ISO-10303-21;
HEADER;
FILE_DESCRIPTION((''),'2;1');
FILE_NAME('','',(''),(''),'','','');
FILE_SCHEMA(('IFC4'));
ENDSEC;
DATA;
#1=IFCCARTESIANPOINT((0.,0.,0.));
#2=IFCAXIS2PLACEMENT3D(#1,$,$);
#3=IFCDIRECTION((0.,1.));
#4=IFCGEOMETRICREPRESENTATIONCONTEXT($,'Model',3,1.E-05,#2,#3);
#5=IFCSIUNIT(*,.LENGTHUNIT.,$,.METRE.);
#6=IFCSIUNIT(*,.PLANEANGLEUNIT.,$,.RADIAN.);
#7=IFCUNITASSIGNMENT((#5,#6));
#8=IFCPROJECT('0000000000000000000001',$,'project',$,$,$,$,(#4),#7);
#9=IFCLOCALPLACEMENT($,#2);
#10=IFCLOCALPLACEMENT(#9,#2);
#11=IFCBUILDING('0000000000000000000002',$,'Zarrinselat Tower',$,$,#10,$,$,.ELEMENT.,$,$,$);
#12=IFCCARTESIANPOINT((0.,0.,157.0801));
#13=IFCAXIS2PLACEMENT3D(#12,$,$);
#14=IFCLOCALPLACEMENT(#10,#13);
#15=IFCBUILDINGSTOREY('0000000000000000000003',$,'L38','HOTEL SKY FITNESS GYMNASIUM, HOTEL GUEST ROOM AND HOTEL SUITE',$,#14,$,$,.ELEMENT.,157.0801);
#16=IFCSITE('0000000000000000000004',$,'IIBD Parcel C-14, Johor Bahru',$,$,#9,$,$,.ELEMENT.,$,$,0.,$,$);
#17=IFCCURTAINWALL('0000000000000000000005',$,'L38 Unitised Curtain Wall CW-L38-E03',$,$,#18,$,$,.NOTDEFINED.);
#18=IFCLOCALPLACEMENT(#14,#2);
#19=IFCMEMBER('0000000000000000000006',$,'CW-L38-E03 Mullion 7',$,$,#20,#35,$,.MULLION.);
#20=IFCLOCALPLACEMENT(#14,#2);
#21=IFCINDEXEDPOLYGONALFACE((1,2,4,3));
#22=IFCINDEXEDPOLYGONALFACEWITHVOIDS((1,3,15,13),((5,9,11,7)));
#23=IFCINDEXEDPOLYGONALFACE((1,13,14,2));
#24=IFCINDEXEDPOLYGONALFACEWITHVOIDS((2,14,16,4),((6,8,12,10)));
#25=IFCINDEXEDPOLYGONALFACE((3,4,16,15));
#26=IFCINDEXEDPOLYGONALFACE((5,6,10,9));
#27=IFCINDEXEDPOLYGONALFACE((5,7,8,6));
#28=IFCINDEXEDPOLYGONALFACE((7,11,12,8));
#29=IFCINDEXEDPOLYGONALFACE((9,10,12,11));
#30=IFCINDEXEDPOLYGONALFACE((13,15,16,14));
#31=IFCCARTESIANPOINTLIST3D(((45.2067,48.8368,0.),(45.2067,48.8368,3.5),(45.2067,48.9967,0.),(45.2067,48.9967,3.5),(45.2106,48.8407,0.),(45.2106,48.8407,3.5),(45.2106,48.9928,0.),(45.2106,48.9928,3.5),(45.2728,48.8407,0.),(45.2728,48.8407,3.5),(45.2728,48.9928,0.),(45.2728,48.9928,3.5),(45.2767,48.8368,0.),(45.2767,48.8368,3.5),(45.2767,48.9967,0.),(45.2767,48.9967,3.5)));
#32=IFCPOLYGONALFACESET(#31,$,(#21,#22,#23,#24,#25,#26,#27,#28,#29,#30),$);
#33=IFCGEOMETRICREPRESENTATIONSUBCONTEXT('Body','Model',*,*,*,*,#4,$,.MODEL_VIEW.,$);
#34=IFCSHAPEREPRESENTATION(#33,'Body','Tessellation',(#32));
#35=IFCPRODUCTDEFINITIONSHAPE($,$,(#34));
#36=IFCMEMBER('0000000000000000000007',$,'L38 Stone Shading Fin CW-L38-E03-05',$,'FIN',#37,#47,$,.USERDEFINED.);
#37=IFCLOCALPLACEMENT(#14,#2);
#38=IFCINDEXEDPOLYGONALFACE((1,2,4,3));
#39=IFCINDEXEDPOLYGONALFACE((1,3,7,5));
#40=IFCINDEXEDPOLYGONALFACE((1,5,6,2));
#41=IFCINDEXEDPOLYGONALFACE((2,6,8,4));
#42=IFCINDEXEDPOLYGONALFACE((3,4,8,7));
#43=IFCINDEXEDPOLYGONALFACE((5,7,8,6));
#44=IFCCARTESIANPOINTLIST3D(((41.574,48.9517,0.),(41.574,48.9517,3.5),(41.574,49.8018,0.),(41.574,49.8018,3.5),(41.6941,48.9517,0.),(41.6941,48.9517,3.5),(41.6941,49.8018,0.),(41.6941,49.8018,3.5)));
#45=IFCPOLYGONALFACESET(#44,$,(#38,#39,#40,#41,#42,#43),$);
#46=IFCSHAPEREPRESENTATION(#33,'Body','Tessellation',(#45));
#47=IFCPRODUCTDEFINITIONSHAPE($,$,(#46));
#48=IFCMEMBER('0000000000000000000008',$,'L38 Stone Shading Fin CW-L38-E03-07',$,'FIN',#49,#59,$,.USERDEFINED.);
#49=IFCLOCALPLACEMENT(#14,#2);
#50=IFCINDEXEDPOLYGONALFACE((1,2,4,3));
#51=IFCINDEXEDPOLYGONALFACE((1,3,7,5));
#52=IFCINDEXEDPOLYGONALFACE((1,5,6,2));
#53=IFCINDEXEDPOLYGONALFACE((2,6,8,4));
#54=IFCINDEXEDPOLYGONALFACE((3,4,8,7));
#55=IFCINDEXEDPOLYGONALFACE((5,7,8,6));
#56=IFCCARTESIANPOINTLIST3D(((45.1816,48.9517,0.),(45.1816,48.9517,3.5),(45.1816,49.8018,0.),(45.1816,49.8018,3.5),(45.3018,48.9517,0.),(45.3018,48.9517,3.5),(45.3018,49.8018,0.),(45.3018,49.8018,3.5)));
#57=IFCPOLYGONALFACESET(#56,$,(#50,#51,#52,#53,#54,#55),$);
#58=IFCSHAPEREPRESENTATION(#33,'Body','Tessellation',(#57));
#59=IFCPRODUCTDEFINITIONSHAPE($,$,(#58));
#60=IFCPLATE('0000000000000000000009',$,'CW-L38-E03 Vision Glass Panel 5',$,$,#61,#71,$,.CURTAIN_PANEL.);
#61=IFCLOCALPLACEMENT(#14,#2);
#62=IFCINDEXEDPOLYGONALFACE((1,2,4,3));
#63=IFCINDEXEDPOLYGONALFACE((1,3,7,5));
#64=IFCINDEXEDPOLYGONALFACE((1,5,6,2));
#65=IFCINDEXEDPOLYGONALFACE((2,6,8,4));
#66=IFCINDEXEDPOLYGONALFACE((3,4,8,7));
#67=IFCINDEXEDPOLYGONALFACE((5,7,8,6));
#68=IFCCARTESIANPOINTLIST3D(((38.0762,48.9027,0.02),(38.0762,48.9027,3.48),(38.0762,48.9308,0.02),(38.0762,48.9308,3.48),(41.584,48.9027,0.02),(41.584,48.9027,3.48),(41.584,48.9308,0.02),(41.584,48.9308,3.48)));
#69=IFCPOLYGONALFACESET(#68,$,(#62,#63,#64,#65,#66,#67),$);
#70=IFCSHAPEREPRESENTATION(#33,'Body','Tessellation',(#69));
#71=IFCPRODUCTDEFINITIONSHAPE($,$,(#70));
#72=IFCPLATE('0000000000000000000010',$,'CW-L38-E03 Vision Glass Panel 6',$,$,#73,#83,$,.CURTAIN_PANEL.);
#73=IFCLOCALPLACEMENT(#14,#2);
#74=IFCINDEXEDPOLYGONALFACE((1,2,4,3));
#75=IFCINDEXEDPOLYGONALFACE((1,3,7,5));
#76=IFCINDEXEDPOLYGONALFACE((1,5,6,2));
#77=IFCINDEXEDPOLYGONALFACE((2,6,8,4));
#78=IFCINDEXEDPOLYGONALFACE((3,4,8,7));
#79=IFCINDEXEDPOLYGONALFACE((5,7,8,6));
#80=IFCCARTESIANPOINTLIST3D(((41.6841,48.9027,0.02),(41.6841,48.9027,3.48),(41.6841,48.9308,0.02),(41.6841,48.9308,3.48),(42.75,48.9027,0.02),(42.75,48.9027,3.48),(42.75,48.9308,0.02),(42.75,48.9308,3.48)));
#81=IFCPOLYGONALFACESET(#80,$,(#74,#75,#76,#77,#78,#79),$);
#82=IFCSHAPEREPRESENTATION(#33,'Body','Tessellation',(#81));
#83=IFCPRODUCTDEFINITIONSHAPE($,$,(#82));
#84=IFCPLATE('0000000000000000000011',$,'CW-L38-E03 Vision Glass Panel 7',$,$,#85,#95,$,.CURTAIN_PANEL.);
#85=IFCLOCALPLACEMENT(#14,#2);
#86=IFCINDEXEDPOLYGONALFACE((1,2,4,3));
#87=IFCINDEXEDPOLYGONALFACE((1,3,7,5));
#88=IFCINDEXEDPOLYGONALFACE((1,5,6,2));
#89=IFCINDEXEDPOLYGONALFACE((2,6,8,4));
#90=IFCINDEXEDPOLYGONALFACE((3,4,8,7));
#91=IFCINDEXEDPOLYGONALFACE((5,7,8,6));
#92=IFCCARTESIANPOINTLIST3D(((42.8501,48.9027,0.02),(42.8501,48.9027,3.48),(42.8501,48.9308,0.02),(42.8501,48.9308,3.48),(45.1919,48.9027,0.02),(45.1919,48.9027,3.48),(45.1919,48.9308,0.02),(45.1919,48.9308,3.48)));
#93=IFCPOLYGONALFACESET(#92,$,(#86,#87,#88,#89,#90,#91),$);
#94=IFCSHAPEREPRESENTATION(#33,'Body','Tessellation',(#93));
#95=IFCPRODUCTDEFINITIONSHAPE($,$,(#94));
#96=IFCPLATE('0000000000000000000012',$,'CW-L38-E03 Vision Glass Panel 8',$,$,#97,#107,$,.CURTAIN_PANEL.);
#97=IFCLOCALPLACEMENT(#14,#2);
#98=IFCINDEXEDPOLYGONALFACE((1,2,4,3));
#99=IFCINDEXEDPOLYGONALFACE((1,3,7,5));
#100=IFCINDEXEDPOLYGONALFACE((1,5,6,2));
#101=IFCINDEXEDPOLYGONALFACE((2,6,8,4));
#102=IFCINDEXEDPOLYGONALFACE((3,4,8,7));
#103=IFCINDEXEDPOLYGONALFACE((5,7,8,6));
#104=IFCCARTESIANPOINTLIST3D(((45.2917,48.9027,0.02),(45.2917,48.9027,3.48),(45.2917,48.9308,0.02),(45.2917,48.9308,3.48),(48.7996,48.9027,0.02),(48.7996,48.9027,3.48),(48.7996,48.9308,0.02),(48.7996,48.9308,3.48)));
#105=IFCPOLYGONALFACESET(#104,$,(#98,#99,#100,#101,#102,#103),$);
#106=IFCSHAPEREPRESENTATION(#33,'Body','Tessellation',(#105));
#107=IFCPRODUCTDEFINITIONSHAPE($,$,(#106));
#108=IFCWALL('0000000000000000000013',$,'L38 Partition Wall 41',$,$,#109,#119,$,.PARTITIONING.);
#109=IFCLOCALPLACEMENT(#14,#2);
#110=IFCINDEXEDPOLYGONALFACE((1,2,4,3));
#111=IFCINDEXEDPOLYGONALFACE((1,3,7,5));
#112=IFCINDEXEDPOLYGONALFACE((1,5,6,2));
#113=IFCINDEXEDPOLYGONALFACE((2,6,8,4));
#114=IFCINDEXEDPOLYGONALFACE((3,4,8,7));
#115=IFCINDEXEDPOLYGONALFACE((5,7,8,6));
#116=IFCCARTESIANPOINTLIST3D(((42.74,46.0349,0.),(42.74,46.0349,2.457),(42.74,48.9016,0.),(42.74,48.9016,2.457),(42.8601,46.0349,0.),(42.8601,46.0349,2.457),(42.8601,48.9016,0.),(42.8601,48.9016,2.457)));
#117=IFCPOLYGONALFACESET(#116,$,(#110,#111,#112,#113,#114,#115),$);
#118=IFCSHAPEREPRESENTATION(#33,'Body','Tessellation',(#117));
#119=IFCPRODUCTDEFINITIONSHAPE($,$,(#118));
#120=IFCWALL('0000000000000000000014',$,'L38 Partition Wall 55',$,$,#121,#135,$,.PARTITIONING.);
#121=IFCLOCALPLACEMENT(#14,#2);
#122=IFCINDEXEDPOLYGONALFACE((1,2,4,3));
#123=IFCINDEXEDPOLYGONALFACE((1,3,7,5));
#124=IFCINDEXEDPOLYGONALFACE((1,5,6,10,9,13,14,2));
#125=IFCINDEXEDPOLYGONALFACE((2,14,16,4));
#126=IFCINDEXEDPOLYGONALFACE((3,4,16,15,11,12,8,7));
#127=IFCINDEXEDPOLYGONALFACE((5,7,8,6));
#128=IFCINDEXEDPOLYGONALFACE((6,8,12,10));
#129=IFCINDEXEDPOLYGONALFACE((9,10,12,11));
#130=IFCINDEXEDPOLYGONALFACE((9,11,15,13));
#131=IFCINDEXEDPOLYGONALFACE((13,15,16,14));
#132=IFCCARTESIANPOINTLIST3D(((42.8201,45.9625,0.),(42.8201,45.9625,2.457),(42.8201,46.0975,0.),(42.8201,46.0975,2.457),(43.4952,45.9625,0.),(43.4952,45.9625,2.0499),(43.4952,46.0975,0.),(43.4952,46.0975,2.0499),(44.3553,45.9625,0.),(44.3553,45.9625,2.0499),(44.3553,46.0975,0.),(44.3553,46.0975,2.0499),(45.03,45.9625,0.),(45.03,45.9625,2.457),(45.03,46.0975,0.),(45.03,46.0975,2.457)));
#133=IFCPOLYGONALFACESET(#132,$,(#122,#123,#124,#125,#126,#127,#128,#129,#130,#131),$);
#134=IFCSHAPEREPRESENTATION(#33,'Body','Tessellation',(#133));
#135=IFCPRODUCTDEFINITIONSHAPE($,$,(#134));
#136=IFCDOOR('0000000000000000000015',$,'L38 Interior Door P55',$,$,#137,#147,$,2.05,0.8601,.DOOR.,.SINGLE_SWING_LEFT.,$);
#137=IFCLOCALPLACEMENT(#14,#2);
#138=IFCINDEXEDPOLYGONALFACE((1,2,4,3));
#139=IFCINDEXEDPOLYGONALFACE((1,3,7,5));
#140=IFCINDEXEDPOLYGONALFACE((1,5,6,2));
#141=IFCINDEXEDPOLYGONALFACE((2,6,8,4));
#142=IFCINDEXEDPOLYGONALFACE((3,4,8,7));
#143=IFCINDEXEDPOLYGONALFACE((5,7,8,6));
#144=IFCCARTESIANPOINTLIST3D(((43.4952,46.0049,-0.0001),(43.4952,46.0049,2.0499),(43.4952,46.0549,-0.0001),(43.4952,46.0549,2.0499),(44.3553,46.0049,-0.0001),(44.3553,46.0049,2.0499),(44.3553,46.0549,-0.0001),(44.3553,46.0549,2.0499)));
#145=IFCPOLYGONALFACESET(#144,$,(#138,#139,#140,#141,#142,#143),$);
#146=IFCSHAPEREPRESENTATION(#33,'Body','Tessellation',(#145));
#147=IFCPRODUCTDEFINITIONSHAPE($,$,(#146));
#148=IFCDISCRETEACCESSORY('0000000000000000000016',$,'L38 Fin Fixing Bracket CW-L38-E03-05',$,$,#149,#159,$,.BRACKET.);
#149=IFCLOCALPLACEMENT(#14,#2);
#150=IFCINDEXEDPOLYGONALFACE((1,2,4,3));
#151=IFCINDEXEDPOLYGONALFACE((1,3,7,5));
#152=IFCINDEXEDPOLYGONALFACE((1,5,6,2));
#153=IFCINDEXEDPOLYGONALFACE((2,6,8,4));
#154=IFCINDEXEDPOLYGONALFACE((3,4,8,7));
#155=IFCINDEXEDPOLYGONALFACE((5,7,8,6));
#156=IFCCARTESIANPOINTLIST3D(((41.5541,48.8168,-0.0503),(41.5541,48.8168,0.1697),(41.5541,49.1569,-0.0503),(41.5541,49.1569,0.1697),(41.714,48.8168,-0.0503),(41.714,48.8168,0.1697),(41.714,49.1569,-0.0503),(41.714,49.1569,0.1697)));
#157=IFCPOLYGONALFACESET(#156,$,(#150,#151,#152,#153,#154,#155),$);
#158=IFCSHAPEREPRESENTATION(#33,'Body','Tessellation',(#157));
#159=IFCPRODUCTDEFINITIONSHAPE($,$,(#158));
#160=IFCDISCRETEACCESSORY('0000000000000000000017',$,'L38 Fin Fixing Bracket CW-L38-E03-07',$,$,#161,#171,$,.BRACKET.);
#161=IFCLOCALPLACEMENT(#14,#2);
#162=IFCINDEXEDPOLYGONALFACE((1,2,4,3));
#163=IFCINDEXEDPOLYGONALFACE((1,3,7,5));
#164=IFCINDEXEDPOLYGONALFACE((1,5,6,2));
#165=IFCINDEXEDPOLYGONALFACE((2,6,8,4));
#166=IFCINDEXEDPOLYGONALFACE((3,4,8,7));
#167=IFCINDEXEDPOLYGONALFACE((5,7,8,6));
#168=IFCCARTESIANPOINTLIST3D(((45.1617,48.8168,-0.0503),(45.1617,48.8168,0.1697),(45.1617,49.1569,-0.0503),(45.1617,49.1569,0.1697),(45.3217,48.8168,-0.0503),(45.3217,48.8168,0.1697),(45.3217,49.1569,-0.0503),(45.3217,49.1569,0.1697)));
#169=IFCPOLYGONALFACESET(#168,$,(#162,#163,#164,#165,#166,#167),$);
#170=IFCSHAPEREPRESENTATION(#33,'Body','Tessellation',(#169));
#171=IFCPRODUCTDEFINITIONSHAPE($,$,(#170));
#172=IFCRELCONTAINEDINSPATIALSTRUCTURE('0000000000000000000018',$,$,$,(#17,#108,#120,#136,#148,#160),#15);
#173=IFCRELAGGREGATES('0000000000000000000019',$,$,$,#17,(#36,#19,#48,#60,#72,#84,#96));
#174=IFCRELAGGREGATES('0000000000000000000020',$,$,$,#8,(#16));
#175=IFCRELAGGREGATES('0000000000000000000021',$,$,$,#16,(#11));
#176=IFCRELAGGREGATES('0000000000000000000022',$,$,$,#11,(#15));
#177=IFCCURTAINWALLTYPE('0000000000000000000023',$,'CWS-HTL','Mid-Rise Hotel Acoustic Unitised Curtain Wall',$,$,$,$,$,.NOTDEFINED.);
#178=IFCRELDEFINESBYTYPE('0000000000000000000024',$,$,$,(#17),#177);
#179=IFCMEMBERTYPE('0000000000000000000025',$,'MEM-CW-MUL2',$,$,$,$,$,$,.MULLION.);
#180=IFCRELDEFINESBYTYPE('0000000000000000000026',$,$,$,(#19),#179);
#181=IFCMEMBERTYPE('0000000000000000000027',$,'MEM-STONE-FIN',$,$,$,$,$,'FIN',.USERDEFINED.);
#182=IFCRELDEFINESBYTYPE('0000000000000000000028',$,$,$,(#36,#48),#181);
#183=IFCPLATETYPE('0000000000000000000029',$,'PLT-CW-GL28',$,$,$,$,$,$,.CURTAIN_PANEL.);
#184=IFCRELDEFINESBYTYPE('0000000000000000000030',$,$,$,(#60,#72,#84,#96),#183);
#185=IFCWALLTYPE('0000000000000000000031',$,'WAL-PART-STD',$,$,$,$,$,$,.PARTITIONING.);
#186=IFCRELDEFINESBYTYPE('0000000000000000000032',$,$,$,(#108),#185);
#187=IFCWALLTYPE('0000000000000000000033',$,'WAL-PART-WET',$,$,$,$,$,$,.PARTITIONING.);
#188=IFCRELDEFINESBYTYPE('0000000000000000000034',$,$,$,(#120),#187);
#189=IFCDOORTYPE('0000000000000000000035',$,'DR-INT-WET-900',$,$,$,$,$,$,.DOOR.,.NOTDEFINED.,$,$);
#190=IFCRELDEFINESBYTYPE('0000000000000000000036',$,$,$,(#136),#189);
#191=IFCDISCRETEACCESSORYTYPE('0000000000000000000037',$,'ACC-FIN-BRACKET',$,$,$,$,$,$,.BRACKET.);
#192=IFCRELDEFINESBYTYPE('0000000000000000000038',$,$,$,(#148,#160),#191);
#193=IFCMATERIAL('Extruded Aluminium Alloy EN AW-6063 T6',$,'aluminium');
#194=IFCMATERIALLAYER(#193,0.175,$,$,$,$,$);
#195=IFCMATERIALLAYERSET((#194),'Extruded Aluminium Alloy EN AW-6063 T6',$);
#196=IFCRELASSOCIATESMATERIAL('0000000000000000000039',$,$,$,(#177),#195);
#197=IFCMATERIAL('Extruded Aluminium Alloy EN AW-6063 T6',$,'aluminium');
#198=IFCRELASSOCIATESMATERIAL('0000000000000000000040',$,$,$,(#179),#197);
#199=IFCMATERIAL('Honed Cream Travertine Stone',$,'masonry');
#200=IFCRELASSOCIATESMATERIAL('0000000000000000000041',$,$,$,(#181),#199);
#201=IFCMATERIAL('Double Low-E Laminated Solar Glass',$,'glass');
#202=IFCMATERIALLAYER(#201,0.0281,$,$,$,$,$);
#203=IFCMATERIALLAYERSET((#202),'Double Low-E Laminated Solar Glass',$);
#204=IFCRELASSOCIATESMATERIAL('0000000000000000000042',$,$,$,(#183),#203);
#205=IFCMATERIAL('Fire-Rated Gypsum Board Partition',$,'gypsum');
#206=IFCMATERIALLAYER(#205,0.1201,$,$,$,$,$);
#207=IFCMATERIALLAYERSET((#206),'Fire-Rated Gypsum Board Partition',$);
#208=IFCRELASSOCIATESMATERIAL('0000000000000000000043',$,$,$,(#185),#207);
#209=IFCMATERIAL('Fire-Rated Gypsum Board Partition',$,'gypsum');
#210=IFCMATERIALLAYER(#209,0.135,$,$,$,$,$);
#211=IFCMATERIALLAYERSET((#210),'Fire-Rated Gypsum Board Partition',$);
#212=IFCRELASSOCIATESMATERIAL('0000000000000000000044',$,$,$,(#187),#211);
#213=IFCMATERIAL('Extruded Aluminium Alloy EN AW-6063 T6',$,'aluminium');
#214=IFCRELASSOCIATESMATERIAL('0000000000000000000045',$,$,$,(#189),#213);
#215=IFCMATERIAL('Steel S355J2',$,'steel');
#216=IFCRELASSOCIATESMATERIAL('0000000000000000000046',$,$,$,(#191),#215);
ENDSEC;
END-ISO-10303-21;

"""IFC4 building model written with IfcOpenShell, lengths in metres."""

from ifc_helpers import new_model, si_unit, direction, frame, frame_2d, origin, origin_2d, place, context, subcontext, project, spatial, rectangle, hollow_rectangle, extrude, material, layer, layer_set, material_profile, profile_set, type_object, element, fill, aggregate, save


model = new_model("IFC4")

# Units and contexts
model_context = context("Model", 3, precision=1e-05, world=origin(), true_north=direction((0.0, 1.0)))
body_context = subcontext(model_context, "Body", "Model", "MODEL_VIEW")
ifc_project = project(units=[si_unit("LENGTHUNIT", "METRE"), si_unit("PLANEANGLEUNIT", "RADIAN")], contexts=[model_context])

# Site, building, storey
site_placement = place(None, origin())
site = spatial("IfcSite", under=ifc_project, at=site_placement, Name="IIBD Parcel C-14, Johor Bahru", CompositionType="ELEMENT", RefElevation=0.0)
building_placement = place(site_placement, origin())
building = spatial("IfcBuilding", under=site, at=building_placement, Name="Zarrinselat Tower", CompositionType="ELEMENT")
storey_placement = place(building_placement, frame((0.0, 0.0, 157.0801)))
storey = spatial("IfcBuildingStorey", under=building, at=storey_placement, Name="L38", Description="HOTEL SKY FITNESS GYMNASIUM, HOTEL GUEST ROOM AND HOTEL SUITE", CompositionType="ELEMENT", Elevation=157.0801)

# Curtain wall, members, plates
ifc_material_1 = material(Name="Extruded Aluminium Alloy EN AW-6063 T6", Category="aluminium")
ifc_layer_1 = layer(ifc_material_1, 0.175)
ifc_layer_set_1 = layer_set([ifc_layer_1], Name="Extruded Aluminium Alloy EN AW-6063 T6")
curtain_wall_type = type_object("IfcCurtainWallType", Name="CWS-HTL", Description="Mid-Rise Hotel Acoustic Unitised Curtain Wall", PredefinedType="NOTDEFINED", material=ifc_layer_set_1)
curtain_wall_placement = place(storey_placement, origin())
curtain_wall = element("IfcCurtainWall", 1, at=curtain_wall_placement, inside=storey, type_object=curtain_wall_type, Name="L38 Unitised Curtain Wall CW-L38-E03", PredefinedType="NOTDEFINED")
ifc_material_2 = material(Name="Extruded Aluminium Alloy EN AW-6063 T6", Category="aluminium")
ifc_material_profile_1 = material_profile(ifc_material_2, hollow_rectangle(XDim=0.0701, YDim=0.1599, WallThickness=0.0039, at=origin_2d()), Name="RHS 160x70x4")
ifc_profile_set_1 = profile_set([ifc_material_profile_1], Name="Extruded Aluminium Alloy EN AW-6063 T6")
member_type_1 = type_object("IfcMemberType", Name="MEM-CW-MUL2", PredefinedType="MULLION", material=ifc_profile_set_1)
member_1_placement = place(storey_placement, frame((45.2417, 48.9167, 0.0), z_axis=(0.0, 0.0, 1.0), x_axis=(1.0, 0.0, 0.0)))
member_1 = element("IfcMember", 2, at=member_1_placement, type_object=member_type_1, Name="CW-L38-E03 Mullion 7", PredefinedType="MULLION", context=body_context, shape_type="SweptSolid", body=[
    extrude(hollow_rectangle(XDim=0.0701, YDim=0.1599, WallThickness=0.0039, at=origin_2d()), origin(), (0.0, 0.0, 1.0), 3.5),
])
ifc_material_3 = material(Name="Honed Cream Travertine Stone", Category="masonry")
ifc_material_profile_2 = material_profile(ifc_material_3, rectangle(XDim=0.1201, YDim=0.8501, at=origin_2d()), Name="FIN 850x120")
ifc_profile_set_2 = profile_set([ifc_material_profile_2], Name="Honed Cream Travertine Stone")
member_type_2 = type_object("IfcMemberType", Name="MEM-STONE-FIN", ElementType="FIN", PredefinedType="USERDEFINED", material=ifc_profile_set_2)
member_2_placement = place(storey_placement, frame((41.634, 49.3767, 0.0), z_axis=(0.0, 0.0, 1.0), x_axis=(1.0, 0.0, 0.0)))
member_2 = element("IfcMember", 3, at=member_2_placement, type_object=member_type_2, Name="L38 Stone Shading Fin CW-L38-E03-05", ObjectType="FIN", PredefinedType="USERDEFINED", context=body_context, shape_type="SweptSolid", body=[
    extrude(rectangle(XDim=0.1201, YDim=0.8501, at=origin_2d()), origin(), (0.0, 0.0, 1.0), 3.5),
])
member_3_placement = place(storey_placement, frame((45.2417, 49.3767, 0.0), z_axis=(0.0, 0.0, 1.0), x_axis=(1.0, 0.0, 0.0)))
member_3 = element("IfcMember", 4, at=member_3_placement, type_object=member_type_2, Name="L38 Stone Shading Fin CW-L38-E03-07", ObjectType="FIN", PredefinedType="USERDEFINED", context=body_context, shape_type="SweptSolid", body=[
    extrude(rectangle(XDim=0.1201, YDim=0.8501, at=origin_2d()), origin(), (0.0, 0.0, 1.0), 3.5),
])
ifc_material_4 = material(Name="Double Low-E Laminated Solar Glass", Category="glass")
ifc_layer_2 = layer(ifc_material_4, 0.0281)
ifc_layer_set_2 = layer_set([ifc_layer_2], Name="Double Low-E Laminated Solar Glass")
plate_type = type_object("IfcPlateType", Name="PLT-CW-GL28", PredefinedType="CURTAIN_PANEL", material=ifc_layer_set_2)
plate_1_placement = place(storey_placement, frame((39.8301, 48.9167, 0.02), z_axis=(0.0, 0.0, 1.0), x_axis=(1.0, 0.0, 0.0)))
plate_1 = element("IfcPlate", 5, at=plate_1_placement, type_object=plate_type, Name="CW-L38-E03 Vision Glass Panel 5", PredefinedType="CURTAIN_PANEL", context=body_context, shape_type="SweptSolid", body=[
    extrude(rectangle(XDim=3.5078, YDim=0.0281, at=origin_2d()), origin(), (0.0, 0.0, 1.0), 3.46),
])
plate_2_placement = place(storey_placement, frame((42.217, 48.9167, 0.02), z_axis=(0.0, 0.0, 1.0), x_axis=(1.0, 0.0, 0.0)))
plate_2 = element("IfcPlate", 6, at=plate_2_placement, type_object=plate_type, Name="CW-L38-E03 Vision Glass Panel 6", PredefinedType="CURTAIN_PANEL", context=body_context, shape_type="SweptSolid", body=[
    extrude(rectangle(XDim=1.0659, YDim=0.0281, at=origin_2d()), origin(), (0.0, 0.0, 1.0), 3.46),
])
plate_3_placement = place(storey_placement, frame((44.021, 48.9167, 0.02), z_axis=(0.0, 0.0, 1.0), x_axis=(1.0, 0.0, 0.0)))
plate_3 = element("IfcPlate", 7, at=plate_3_placement, type_object=plate_type, Name="CW-L38-E03 Vision Glass Panel 7", PredefinedType="CURTAIN_PANEL", context=body_context, shape_type="SweptSolid", body=[
    extrude(rectangle(XDim=2.3418, YDim=0.0281, at=origin_2d()), origin(), (0.0, 0.0, 1.0), 3.46),
])
plate_4_placement = place(storey_placement, frame((47.0457, 48.9167, 0.02), z_axis=(0.0, 0.0, 1.0), x_axis=(1.0, 0.0, 0.0)))
plate_4 = element("IfcPlate", 8, at=plate_4_placement, type_object=plate_type, Name="CW-L38-E03 Vision Glass Panel 8", PredefinedType="CURTAIN_PANEL", context=body_context, shape_type="SweptSolid", body=[
    extrude(rectangle(XDim=3.5078, YDim=0.0281, at=origin_2d()), origin(), (0.0, 0.0, 1.0), 3.46),
])
aggregate(curtain_wall, [member_2, member_1, member_3, plate_1, plate_2, plate_3, plate_4])

# Wall
ifc_material_5 = material(Name="Fire-Rated Gypsum Board Partition", Category="gypsum")
ifc_layer_3 = layer(ifc_material_5, 0.1201)
ifc_layer_set_3 = layer_set([ifc_layer_3], Name="Fire-Rated Gypsum Board Partition")
wall_type_1 = type_object("IfcWallType", Name="WAL-PART-STD", PredefinedType="PARTITIONING", material=ifc_layer_set_3)
wall_1_placement = place(storey_placement, frame((42.8, 46.0349, 0.0), z_axis=(0.0, 0.0, 1.0), x_axis=(0.0, 1.0, 0.0)))
element("IfcWall", 9, at=wall_1_placement, inside=storey, type_object=wall_type_1, Name="L38 Partition Wall 41", PredefinedType="PARTITIONING", context=body_context, shape_type="SweptSolid", body=[
    extrude(rectangle(XDim=2.8667, YDim=0.1201, at=frame_2d((1.4333, 0.0))), origin(), (0.0, 0.0, 1.0), 2.457),
])

# Wall, opening, door
ifc_material_6 = material(Name="Fire-Rated Gypsum Board Partition", Category="gypsum")
ifc_layer_4 = layer(ifc_material_6, 0.135)
ifc_layer_set_4 = layer_set([ifc_layer_4], Name="Fire-Rated Gypsum Board Partition")
wall_type_2 = type_object("IfcWallType", Name="WAL-PART-WET", PredefinedType="PARTITIONING", material=ifc_layer_set_4)
wall_2_placement = place(storey_placement, frame((42.8201, 46.03, 0.0), z_axis=(0.0, 0.0, 1.0), x_axis=(1.0, 0.0, 0.0)))
wall_2 = element("IfcWall", 10, at=wall_2_placement, inside=storey, type_object=wall_type_2, Name="L38 Partition Wall 55", PredefinedType="PARTITIONING", context=body_context, shape_type="SweptSolid", body=[
    extrude(rectangle(XDim=2.21, YDim=0.135, at=frame_2d((1.105, 0.0))), origin(), (0.0, 0.0, 1.0), 2.457),
])
opening_placement = place(wall_2_placement, frame((0.675, 0.0, 0.0)))
opening = element("IfcOpeningElement", 11, at=opening_placement, cuts=wall_2, PredefinedType="OPENING", context=body_context, shape_type="SweptSolid", body=[
    extrude(rectangle(XDim=0.8601, YDim=2.05, at=frame_2d((0.4302, 1.0249))), frame((0.0, 0.0774, 0.0), z_axis=(0.0, -1.0, 0.0), x_axis=(1.0, 0.0, 0.0)), (0.0, 0.0, 1.0), 0.155),
])
ifc_material_7 = material(Name="Extruded Aluminium Alloy EN AW-6063 T6", Category="aluminium")
door_type = type_object("IfcDoorType", Name="DR-INT-WET-900", OperationType="NOTDEFINED", PredefinedType="DOOR", material=ifc_material_7)
door_placement = place(opening_placement, origin())
door = element("IfcDoor", 12, at=door_placement, inside=storey, type_object=door_type, Name="L38 Interior Door P55", OperationType="SINGLE_SWING_LEFT", OverallHeight=2.05, OverallWidth=0.8601, PredefinedType="DOOR", context=body_context, shape_type="SweptSolid", body=[
    extrude(rectangle(XDim=0.8601, YDim=2.05, at=frame_2d((0.4302, 1.0249))), frame((0.0, 0.0249, 0.0), z_axis=(0.0, -1.0, 0.0), x_axis=(1.0, 0.0, 0.0)), (0.0, 0.0, 1.0), 0.05),
])
fill(opening, door)

# Discrete accessories
ifc_material_8 = material(Name="Steel S355J2", Category="steel")
discrete_accessory_type = type_object("IfcDiscreteAccessoryType", Name="ACC-FIN-BRACKET", PredefinedType="BRACKET", material=ifc_material_8)
for number, where, z_axis, x_axis, name in (
    (13, (41.634, 48.9868, -0.0503), (0.0, 0.0, 1.0), (0.0, 1.0, 0.0), "L38 Fin Fixing Bracket CW-L38-E03-05"),
    (14, (45.2417, 48.9868, -0.0503), (0.0, 0.0, 1.0), (0.0, 1.0, 0.0), "L38 Fin Fixing Bracket CW-L38-E03-07"),
):
    element("IfcDiscreteAccessory", number, at=place(storey_placement, frame(where, z_axis=z_axis, x_axis=x_axis)), inside=storey, type_object=discrete_accessory_type, Name=name, PredefinedType="BRACKET", context=body_context, shape_type="SweptSolid", body=[
        extrude(rectangle(XDim=0.3401, YDim=0.1599, at=origin_2d()), origin(), (0.0, 0.0, 1.0), 0.22),
    ])

save(model, "model.ifc")
